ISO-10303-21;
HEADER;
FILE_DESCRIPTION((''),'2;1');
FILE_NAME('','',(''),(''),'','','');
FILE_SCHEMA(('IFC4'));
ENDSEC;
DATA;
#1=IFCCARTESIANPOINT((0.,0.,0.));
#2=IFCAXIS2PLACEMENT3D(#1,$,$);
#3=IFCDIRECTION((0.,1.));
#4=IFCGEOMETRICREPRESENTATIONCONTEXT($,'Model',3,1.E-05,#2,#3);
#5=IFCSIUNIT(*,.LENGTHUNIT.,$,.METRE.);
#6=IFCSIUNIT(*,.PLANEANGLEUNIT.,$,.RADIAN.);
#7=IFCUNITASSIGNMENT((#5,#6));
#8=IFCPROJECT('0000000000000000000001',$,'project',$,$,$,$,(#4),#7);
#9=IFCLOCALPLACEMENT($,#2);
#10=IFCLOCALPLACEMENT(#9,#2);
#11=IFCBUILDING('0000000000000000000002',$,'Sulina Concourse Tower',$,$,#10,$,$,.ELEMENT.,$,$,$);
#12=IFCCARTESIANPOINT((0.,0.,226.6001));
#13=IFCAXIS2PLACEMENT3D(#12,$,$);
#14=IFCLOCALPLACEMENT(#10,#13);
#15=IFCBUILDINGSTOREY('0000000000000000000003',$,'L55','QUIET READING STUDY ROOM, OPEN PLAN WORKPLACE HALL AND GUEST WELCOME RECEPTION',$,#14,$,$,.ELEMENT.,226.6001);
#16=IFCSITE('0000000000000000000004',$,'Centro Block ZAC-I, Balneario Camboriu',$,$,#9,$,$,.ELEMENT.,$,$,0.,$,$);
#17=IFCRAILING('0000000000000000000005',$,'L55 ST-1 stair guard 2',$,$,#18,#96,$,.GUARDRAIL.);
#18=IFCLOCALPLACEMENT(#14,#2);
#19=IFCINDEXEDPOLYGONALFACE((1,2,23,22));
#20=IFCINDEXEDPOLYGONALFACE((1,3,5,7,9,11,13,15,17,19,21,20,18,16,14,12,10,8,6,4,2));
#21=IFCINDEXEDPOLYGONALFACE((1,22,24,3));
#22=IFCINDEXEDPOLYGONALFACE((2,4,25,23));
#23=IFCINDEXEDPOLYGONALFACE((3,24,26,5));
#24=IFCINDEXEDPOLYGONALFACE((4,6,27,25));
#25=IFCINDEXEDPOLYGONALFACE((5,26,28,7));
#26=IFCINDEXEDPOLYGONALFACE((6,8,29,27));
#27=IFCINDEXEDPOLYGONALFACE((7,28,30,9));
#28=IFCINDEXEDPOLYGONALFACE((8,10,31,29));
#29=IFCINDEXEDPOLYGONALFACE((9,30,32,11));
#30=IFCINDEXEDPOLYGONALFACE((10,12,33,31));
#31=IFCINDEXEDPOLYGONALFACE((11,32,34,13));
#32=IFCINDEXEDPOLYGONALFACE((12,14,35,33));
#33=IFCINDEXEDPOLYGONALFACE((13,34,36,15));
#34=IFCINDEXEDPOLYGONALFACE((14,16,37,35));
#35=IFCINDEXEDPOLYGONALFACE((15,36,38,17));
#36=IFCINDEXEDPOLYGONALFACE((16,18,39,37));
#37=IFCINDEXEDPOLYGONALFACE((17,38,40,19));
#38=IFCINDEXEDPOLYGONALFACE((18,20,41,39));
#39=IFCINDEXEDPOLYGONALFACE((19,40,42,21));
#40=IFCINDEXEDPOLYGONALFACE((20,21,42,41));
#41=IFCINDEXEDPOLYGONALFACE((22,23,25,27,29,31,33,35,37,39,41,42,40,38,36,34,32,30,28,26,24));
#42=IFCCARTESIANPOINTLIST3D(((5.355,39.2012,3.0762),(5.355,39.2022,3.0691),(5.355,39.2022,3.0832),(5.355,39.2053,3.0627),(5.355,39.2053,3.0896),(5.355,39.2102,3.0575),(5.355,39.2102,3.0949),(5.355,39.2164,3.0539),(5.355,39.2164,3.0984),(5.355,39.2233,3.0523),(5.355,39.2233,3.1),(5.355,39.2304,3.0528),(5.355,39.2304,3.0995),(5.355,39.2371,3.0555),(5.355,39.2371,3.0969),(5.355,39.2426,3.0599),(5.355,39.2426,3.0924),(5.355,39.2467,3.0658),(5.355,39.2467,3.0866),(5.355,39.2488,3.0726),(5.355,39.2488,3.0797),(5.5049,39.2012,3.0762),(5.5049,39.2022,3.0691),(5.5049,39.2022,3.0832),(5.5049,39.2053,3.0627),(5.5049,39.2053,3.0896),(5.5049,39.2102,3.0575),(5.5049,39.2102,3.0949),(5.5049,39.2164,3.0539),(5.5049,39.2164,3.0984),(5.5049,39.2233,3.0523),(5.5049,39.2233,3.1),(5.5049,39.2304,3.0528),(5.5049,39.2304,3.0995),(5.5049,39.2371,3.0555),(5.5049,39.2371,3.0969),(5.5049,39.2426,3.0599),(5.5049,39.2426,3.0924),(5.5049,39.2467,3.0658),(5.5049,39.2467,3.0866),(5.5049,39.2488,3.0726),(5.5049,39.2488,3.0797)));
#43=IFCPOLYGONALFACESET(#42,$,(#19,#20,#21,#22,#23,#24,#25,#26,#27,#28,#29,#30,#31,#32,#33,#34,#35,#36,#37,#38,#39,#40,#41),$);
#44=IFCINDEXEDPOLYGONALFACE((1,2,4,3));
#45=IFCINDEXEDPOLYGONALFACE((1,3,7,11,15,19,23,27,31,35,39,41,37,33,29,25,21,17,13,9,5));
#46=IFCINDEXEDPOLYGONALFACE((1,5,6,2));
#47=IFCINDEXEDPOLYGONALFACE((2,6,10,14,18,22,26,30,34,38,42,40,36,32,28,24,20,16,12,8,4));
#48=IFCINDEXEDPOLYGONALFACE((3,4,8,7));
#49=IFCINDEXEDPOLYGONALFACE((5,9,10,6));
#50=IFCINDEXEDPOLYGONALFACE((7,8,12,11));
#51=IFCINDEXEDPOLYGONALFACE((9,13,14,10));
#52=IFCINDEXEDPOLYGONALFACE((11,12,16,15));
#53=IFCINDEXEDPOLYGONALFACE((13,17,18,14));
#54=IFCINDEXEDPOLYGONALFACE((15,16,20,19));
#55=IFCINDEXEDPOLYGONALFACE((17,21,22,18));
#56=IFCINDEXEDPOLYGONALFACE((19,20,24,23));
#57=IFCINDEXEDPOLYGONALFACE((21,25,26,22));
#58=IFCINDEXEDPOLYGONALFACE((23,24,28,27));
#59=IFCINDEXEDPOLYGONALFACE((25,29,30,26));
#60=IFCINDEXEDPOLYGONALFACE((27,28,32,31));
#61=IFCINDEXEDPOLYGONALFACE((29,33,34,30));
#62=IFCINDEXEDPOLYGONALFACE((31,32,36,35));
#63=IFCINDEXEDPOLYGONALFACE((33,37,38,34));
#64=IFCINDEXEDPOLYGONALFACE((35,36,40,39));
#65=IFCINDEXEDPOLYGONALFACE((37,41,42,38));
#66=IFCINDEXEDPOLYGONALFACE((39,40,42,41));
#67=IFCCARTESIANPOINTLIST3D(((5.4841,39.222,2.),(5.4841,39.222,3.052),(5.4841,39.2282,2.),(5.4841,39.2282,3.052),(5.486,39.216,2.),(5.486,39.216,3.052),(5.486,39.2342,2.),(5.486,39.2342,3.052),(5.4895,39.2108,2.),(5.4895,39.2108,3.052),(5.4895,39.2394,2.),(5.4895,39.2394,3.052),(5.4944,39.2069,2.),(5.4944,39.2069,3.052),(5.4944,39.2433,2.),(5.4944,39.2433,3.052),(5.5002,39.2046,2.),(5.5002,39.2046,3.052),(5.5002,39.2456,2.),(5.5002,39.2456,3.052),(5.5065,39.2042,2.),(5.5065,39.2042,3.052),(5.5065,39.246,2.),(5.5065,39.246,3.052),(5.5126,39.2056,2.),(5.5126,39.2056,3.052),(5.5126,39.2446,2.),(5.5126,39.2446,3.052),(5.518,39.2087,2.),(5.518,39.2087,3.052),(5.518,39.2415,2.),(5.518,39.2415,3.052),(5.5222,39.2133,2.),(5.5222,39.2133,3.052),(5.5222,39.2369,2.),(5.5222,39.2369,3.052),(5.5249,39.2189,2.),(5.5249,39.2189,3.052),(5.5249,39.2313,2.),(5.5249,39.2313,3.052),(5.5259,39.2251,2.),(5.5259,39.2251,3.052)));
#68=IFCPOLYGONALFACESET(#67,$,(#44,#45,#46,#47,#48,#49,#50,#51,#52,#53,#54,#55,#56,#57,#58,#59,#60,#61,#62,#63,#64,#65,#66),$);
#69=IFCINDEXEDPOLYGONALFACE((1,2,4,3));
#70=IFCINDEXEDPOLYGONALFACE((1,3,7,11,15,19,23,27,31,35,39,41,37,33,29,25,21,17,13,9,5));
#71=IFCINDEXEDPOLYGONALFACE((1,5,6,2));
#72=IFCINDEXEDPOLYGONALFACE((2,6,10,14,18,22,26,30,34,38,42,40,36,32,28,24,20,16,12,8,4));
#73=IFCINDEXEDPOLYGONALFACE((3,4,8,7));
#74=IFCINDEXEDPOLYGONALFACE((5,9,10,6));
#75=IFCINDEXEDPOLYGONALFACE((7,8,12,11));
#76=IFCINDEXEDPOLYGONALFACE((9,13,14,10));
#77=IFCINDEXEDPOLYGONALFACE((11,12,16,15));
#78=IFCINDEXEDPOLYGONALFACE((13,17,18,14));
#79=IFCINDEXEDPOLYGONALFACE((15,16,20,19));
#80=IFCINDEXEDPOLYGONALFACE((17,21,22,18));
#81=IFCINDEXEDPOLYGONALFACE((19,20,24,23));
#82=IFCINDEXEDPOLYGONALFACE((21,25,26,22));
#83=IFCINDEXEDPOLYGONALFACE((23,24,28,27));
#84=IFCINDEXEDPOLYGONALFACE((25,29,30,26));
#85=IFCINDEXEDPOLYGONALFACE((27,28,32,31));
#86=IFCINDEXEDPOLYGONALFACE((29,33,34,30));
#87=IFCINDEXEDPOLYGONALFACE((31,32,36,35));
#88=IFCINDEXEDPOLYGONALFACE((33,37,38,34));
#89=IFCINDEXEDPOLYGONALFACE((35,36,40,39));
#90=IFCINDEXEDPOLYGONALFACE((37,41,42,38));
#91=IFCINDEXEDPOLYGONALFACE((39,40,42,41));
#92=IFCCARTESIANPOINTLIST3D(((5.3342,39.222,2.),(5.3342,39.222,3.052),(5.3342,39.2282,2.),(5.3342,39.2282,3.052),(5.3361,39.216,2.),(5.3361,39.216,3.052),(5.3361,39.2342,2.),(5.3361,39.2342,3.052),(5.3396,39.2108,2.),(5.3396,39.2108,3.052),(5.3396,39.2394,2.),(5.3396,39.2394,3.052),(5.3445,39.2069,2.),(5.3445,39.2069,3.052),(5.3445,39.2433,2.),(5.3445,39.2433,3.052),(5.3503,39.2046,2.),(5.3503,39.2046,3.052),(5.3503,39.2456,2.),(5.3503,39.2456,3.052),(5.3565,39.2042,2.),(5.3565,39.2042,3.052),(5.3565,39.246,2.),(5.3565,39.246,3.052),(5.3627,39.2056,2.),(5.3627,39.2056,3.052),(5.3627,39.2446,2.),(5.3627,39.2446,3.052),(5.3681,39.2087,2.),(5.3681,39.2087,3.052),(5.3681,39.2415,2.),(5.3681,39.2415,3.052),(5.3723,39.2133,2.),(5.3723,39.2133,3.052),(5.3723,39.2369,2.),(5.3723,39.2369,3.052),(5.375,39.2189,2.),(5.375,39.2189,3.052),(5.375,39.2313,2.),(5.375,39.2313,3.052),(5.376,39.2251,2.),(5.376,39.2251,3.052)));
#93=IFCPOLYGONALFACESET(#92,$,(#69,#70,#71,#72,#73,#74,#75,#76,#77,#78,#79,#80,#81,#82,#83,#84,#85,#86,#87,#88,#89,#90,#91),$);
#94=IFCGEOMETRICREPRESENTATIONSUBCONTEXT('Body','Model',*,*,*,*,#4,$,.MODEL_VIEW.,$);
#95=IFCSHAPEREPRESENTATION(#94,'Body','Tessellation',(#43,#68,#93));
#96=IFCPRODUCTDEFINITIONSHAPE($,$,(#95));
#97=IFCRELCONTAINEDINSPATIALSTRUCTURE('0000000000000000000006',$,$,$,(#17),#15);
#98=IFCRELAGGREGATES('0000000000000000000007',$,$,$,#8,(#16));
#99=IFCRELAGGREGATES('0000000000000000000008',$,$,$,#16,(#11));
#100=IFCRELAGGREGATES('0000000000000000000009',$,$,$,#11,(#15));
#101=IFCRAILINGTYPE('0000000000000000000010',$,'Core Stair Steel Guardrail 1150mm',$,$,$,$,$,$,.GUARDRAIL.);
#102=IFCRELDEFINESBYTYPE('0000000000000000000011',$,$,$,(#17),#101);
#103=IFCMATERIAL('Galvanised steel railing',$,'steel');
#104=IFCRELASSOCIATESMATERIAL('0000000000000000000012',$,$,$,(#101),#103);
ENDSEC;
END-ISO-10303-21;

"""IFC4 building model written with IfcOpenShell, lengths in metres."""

from ifc_helpers import new_model, si_unit, direction, frame, origin, origin_2d, place, context, subcontext, project, spatial, circle, extrude, material, type_object, element, save


model = new_model("IFC4")

# Units and contexts
model_context = context("Model", 3, precision=1e-05, world=origin(), true_north=direction((0.0, 1.0)))
body_context = subcontext(model_context, "Body", "Model", "MODEL_VIEW")
ifc_project = project(units=[si_unit("LENGTHUNIT", "METRE"), si_unit("PLANEANGLEUNIT", "RADIAN")], contexts=[model_context])

# Site, building, storey
site_placement = place(None, origin())
site = spatial("IfcSite", under=ifc_project, at=site_placement, Name="Centro Block ZAC-I, Balneario Camboriu", CompositionType="ELEMENT", RefElevation=0.0)
building_placement = place(site_placement, origin())
building = spatial("IfcBuilding", under=site, at=building_placement, Name="Sulina Concourse Tower", CompositionType="ELEMENT")
storey_placement = place(building_placement, frame((0.0, 0.0, 226.6001)))
storey = spatial("IfcBuildingStorey", under=building, at=storey_placement, Name="L55", Description="QUIET READING STUDY ROOM, OPEN PLAN WORKPLACE HALL AND GUEST WELCOME RECEPTION", CompositionType="ELEMENT", Elevation=226.6001)

# Railing
ifc_material_1 = material(Name="Galvanised steel railing", Category="steel")
railing_type_1 = type_object("IfcRailingType", Name="Core Stair Steel Guardrail 1150mm", PredefinedType="GUARDRAIL", material=ifc_material_1)
railing_1_placement = place(storey_placement, frame((5.5049, 39.2251, 2.0)))
element("IfcRailing", 1, at=railing_1_placement, inside=storey, type_object=railing_type_1, Name="L55 ST-1 stair guard 2", PredefinedType="GUARDRAIL", context=body_context, shape_type="SweptSolid", body=[
    extrude(circle(Radius=0.0239, at=origin_2d()), frame((0.0, 0.0, 1.0762), z_axis=(-1.0, 0.0, 0.0), x_axis=(0.0, -1.0, 0.0)), (0.0, 0.0, 1.0), 0.1499),
    extrude(circle(Radius=0.021, at=origin_2d()), origin(), (0.0, 0.0, 1.0), 1.052),
    extrude(circle(Radius=0.021, at=origin_2d()), frame((-0.1499, 0.0, 0.0)), (0.0, 0.0, 1.0), 1.052),
])

save(model, "model.ifc")
